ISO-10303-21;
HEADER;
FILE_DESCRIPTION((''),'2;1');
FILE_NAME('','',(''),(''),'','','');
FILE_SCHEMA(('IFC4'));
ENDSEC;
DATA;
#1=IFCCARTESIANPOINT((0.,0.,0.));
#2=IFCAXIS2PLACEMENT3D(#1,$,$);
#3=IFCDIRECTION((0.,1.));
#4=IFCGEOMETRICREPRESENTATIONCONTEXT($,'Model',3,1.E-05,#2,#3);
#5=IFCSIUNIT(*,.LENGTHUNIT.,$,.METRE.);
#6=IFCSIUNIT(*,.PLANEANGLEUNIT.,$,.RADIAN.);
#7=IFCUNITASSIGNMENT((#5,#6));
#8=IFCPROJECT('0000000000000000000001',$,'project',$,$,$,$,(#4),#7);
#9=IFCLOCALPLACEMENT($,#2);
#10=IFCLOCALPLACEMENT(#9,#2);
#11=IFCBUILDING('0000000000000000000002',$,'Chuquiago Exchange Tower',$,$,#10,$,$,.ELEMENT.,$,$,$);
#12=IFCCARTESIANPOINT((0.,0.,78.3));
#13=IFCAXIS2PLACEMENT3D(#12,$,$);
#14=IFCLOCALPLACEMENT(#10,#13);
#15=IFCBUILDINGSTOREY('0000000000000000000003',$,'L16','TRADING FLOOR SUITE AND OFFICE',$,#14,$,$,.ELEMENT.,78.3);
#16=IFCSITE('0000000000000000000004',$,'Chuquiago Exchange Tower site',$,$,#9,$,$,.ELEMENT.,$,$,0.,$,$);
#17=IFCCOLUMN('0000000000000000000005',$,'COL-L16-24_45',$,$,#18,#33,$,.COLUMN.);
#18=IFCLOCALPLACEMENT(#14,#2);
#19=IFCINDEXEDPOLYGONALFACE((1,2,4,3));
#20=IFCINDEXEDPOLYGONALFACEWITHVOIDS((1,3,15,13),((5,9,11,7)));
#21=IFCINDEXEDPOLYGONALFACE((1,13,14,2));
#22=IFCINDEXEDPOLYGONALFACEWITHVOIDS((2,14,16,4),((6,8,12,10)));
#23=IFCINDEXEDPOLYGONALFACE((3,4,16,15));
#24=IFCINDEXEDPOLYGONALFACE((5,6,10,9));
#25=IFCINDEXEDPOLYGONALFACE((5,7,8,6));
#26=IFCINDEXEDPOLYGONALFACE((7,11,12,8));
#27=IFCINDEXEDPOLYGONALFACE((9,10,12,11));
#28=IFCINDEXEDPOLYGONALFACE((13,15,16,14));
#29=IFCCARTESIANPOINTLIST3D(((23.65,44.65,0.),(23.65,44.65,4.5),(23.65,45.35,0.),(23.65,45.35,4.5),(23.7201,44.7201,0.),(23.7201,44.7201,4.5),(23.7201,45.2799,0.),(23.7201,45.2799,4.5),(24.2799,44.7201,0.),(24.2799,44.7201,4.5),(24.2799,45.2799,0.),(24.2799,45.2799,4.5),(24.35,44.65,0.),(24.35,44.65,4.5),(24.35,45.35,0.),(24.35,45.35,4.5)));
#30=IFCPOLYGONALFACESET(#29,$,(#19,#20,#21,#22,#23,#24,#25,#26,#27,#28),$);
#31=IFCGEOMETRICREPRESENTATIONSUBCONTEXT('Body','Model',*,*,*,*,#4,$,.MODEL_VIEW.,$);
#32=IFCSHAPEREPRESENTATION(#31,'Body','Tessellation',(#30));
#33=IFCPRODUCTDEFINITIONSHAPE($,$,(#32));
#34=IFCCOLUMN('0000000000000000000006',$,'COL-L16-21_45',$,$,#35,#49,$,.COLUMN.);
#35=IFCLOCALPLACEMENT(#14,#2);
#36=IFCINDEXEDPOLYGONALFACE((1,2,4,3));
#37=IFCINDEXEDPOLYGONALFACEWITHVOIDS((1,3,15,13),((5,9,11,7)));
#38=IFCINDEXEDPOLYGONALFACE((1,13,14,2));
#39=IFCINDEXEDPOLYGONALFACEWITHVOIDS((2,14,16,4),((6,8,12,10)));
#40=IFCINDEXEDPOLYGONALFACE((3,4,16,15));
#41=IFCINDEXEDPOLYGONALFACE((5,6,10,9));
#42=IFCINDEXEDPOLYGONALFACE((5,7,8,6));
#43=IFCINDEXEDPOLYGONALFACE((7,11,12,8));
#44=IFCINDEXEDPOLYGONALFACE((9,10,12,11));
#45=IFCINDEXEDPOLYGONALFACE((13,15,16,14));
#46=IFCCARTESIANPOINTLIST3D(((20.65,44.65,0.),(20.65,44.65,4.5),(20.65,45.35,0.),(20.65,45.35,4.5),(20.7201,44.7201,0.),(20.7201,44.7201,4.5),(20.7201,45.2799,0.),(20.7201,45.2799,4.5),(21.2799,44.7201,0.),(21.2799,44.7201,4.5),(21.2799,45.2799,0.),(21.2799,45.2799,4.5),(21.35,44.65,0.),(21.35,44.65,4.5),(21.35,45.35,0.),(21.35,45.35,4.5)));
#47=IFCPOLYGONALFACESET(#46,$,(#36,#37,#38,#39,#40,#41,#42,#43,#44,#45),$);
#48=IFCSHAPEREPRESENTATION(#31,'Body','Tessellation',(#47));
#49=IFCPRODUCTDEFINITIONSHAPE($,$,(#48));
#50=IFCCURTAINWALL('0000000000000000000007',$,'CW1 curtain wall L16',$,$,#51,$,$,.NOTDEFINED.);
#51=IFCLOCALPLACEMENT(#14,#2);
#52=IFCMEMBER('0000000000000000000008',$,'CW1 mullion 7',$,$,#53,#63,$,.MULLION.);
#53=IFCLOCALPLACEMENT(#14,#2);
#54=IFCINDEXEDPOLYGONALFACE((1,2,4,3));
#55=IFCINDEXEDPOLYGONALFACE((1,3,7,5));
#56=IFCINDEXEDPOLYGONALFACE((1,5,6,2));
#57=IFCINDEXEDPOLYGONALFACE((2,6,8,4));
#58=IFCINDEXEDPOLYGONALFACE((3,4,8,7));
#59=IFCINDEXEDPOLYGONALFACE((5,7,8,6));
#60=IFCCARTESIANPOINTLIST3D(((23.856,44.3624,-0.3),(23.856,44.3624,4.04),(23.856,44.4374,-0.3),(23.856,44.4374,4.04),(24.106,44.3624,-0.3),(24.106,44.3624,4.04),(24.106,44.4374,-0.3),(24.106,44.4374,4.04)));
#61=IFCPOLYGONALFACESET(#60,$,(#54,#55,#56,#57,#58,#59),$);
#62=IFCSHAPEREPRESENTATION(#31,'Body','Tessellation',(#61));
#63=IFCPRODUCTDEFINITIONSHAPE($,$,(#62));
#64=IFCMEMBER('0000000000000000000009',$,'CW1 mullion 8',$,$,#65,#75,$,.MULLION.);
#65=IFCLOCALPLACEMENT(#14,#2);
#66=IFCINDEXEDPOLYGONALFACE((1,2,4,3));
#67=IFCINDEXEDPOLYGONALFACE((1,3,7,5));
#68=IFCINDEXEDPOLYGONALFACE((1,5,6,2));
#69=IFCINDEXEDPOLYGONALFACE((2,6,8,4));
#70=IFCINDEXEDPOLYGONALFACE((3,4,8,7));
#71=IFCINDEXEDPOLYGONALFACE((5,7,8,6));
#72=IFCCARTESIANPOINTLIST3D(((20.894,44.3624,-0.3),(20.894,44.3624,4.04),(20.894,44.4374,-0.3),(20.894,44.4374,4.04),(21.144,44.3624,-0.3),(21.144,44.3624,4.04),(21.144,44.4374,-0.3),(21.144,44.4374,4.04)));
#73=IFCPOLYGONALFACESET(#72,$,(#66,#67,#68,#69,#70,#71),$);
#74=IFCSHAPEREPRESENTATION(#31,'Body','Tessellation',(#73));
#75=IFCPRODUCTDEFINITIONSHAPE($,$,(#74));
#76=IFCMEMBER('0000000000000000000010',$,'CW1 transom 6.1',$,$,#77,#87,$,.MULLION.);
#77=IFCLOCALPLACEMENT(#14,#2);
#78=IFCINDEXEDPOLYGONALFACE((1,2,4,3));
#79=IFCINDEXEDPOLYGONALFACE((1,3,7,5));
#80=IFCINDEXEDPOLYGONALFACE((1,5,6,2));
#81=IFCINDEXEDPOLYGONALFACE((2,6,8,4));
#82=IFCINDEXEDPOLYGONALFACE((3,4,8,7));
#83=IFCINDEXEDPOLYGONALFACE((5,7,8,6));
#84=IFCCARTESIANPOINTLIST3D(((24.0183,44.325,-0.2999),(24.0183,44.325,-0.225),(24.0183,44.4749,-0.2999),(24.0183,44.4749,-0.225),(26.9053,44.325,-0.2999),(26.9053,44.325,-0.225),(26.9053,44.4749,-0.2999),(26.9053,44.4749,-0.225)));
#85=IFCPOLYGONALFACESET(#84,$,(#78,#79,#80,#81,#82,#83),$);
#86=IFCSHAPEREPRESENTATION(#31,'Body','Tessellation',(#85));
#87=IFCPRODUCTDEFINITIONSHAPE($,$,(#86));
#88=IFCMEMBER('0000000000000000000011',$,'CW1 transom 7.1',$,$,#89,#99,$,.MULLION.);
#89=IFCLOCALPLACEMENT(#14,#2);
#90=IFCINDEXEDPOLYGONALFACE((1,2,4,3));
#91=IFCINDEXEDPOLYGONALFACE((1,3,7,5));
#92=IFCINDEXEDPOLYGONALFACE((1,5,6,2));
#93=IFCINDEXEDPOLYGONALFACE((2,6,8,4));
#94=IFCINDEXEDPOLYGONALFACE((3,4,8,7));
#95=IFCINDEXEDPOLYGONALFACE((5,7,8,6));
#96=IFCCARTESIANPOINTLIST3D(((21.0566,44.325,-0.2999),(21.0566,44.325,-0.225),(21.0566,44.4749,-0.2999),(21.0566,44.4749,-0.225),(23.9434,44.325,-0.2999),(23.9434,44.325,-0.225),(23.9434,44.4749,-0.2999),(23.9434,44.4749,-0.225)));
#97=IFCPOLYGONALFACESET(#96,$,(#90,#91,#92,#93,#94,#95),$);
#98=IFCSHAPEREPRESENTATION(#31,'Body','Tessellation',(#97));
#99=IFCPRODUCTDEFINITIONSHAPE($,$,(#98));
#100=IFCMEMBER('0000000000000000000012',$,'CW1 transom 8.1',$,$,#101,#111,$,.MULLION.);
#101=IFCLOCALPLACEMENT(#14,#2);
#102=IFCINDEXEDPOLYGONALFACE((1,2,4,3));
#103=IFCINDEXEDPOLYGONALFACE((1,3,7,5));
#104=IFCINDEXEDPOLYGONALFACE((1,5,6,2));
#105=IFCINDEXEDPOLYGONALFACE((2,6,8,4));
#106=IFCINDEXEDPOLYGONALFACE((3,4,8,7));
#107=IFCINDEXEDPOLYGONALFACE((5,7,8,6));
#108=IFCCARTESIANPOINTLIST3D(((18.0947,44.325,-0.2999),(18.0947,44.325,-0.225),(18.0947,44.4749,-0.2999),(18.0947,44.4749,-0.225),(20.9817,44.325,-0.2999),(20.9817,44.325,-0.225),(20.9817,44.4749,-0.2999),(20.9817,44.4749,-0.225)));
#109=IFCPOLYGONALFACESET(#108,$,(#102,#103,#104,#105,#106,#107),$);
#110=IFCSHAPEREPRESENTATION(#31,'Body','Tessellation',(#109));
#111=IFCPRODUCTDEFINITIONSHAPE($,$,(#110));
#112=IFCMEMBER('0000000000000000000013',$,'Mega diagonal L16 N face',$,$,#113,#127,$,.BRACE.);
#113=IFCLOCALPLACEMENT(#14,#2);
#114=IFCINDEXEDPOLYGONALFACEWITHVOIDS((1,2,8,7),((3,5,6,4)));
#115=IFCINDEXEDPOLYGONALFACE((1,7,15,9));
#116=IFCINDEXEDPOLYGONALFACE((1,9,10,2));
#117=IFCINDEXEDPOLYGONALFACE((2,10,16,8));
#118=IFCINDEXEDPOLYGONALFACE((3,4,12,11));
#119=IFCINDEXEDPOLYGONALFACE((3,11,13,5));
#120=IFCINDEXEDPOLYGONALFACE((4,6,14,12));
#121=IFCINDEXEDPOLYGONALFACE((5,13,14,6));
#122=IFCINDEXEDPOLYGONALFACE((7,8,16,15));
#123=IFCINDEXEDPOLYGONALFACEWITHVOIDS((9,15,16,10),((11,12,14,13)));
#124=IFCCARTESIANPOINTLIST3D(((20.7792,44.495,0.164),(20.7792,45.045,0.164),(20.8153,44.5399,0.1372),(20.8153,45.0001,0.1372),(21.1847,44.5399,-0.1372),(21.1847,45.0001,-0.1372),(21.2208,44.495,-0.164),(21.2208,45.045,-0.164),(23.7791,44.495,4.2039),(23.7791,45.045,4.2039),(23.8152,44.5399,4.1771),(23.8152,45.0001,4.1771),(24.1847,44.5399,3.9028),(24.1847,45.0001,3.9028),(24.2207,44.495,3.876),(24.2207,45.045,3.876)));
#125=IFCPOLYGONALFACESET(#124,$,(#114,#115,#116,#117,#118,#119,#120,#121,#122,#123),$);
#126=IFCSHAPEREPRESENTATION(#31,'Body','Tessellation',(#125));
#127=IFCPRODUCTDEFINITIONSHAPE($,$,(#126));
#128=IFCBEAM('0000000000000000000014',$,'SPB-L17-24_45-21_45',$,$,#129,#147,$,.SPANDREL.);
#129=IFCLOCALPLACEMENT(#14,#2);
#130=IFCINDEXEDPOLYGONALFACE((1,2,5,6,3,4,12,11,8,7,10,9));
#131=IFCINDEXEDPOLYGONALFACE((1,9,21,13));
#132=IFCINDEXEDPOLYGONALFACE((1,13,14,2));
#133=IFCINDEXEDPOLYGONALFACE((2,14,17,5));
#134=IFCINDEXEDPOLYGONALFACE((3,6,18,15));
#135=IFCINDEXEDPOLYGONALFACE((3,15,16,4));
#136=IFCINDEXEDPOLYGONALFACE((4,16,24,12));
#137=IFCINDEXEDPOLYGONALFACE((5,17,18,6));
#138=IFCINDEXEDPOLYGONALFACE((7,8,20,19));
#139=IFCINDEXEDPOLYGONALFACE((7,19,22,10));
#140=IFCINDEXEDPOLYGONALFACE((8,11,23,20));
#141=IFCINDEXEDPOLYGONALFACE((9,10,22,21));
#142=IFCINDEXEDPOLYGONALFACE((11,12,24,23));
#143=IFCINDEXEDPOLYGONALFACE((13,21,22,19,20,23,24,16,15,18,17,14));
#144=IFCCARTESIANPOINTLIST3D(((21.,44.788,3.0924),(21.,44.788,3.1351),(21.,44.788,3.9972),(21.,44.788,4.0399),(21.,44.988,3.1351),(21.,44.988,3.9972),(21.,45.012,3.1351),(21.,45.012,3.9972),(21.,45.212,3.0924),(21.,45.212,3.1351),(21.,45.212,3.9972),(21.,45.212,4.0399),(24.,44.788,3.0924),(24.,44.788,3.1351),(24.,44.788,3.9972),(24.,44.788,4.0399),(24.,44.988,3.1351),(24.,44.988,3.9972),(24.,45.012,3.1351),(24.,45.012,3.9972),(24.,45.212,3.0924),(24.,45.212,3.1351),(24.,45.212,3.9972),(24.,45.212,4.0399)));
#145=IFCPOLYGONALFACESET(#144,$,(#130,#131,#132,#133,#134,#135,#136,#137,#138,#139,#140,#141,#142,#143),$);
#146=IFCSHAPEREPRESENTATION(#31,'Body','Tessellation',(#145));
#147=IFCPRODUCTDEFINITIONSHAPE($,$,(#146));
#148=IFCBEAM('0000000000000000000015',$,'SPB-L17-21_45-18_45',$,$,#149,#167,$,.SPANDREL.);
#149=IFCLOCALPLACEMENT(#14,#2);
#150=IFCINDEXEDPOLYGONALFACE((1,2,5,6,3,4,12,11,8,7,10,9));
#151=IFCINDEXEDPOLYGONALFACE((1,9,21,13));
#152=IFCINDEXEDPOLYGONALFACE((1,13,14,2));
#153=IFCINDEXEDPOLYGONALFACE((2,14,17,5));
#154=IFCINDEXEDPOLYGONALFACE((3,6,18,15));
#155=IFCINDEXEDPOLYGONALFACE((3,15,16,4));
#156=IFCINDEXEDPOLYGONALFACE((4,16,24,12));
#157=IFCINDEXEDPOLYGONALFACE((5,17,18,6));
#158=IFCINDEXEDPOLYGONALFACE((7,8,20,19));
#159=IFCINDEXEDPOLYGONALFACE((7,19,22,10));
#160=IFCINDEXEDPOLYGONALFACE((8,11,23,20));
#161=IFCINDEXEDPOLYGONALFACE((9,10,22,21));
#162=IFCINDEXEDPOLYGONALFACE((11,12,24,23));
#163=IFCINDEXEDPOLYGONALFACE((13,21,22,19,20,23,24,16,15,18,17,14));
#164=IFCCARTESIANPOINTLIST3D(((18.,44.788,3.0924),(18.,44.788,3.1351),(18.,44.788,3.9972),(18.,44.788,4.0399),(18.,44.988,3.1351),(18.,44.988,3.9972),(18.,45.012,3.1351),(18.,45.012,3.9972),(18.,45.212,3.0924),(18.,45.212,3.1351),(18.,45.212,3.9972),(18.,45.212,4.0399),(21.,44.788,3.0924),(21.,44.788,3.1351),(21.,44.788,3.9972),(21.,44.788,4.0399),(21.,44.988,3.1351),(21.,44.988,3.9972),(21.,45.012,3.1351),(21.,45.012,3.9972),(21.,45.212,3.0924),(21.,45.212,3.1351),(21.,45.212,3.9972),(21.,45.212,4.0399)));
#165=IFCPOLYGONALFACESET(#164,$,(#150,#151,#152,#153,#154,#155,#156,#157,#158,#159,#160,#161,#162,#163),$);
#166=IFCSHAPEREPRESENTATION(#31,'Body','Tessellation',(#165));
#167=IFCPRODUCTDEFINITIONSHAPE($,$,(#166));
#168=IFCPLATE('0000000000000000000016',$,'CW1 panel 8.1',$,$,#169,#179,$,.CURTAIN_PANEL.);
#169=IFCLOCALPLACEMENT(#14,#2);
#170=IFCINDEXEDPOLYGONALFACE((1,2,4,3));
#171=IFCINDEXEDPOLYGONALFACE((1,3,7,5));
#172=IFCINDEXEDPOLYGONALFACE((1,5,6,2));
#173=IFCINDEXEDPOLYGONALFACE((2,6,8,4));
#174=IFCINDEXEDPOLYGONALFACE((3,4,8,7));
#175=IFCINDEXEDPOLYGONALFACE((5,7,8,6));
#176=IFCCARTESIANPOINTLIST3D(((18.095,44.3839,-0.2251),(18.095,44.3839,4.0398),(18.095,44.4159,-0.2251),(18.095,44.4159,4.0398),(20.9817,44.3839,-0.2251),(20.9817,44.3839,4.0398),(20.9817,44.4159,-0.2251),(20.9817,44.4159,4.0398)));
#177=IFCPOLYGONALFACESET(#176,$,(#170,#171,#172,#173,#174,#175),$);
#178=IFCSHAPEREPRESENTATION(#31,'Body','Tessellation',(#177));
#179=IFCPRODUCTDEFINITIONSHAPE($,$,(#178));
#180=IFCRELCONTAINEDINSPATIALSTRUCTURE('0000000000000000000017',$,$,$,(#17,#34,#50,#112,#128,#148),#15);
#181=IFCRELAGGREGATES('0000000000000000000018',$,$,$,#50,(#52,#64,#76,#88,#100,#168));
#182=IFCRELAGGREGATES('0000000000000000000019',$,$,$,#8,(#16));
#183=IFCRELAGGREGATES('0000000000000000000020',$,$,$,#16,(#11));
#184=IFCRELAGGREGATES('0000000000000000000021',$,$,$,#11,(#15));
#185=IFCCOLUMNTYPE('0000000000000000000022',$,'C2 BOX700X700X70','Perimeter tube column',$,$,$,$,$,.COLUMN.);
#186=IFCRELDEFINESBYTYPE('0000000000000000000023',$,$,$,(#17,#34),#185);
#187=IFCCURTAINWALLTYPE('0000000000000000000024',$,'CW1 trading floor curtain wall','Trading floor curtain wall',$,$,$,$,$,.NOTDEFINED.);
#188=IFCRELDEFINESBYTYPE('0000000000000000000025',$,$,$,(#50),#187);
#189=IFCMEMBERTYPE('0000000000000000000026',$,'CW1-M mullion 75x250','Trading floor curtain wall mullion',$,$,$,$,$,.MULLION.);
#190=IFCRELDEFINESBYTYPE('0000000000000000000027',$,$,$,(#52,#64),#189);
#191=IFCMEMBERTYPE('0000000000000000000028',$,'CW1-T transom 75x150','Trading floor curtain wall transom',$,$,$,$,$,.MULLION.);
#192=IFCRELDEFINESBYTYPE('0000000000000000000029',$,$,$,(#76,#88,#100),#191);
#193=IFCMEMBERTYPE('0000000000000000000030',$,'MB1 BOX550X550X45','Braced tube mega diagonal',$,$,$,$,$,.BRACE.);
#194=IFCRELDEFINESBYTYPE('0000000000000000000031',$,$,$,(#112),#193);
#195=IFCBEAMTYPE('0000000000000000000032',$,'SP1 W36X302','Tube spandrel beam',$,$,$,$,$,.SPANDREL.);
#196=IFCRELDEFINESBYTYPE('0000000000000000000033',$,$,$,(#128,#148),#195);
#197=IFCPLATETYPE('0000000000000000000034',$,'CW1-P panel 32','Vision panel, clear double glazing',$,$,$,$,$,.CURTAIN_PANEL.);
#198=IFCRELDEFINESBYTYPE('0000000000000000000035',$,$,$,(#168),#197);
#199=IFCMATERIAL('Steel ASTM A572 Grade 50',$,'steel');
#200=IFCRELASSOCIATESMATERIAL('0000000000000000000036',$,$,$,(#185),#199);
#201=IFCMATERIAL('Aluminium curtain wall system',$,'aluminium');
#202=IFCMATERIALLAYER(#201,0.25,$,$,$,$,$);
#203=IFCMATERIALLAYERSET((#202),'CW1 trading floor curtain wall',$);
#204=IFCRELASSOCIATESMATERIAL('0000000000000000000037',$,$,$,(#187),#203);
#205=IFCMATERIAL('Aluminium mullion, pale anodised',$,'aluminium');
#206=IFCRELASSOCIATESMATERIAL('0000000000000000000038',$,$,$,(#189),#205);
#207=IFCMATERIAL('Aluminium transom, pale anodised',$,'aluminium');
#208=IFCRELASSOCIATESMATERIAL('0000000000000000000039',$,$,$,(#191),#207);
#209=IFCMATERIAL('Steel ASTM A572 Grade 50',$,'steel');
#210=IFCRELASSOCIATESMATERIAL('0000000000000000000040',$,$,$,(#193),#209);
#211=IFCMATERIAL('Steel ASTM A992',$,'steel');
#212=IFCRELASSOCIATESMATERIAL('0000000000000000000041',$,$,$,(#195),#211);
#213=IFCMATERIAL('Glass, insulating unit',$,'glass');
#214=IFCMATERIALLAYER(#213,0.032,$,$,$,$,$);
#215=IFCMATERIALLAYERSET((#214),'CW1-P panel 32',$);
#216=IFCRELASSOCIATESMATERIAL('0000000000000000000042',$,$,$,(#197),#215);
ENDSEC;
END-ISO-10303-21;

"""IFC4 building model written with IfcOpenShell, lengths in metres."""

from ifc_helpers import new_model, si_unit, direction, frame, origin, origin_2d, place, context, subcontext, project, spatial, rectangle, hollow_rectangle, i_section, extrude, material, layer, layer_set, material_profile, profile_set, type_object, element, aggregate, save


model = new_model("IFC4")

# Units and contexts
model_context = context("Model", 3, precision=1e-05, world=origin(), true_north=direction((0.0, 1.0)))
body_context = subcontext(model_context, "Body", "Model", "MODEL_VIEW")
ifc_project = project(units=[si_unit("LENGTHUNIT", "METRE"), si_unit("PLANEANGLEUNIT", "RADIAN")], contexts=[model_context])

# Site, building, storey
site_placement = place(None, origin())
site = spatial("IfcSite", under=ifc_project, at=site_placement, Name="Chuquiago Exchange Tower site", CompositionType="ELEMENT", RefElevation=0.0)
building_placement = place(site_placement, origin())
building = spatial("IfcBuilding", under=site, at=building_placement, Name="Chuquiago Exchange Tower", CompositionType="ELEMENT")
storey_placement = place(building_placement, frame((0.0, 0.0, 78.3)))
storey = spatial("IfcBuildingStorey", under=building, at=storey_placement, Name="L16", Description="TRADING FLOOR SUITE AND OFFICE", CompositionType="ELEMENT", Elevation=78.3)

# Columns
ifc_material_1 = material(Name="Steel ASTM A572 Grade 50", Category="steel")
ifc_material_profile_1 = material_profile(ifc_material_1, hollow_rectangle(XDim=0.7, YDim=0.7, WallThickness=0.0701, at=origin_2d()), Name="BOX700X700X70")
ifc_profile_set_1 = profile_set([ifc_material_profile_1], Name="Steel ASTM A572 Grade 50")
column_type = type_object("IfcColumnType", Name="C2 BOX700X700X70", Description="Perimeter tube column", PredefinedType="COLUMN", material=ifc_profile_set_1)
for number, where, z_axis, x_axis, name in (
    (1, (24.0, 45.0, 0.0), (0.0, 0.0, 1.0), (0.0, 1.0, 0.0), "COL-L16-24_45"),
    (2, (21.0, 45.0, 0.0), (0.0, 0.0, 1.0), (0.0, 1.0, 0.0), "COL-L16-21_45"),
):
    element("IfcColumn", number, at=place(storey_placement, frame(where, z_axis=z_axis, x_axis=x_axis)), inside=storey, type_object=column_type, Name=name, PredefinedType="COLUMN", context=body_context, shape_type="SweptSolid", body=[
        extrude(hollow_rectangle(XDim=0.7, YDim=0.7, WallThickness=0.0701, at=origin_2d()), origin(), (0.0, 0.0, 1.0), 4.5),
    ])

# Curtain wall, members
ifc_material_2 = material(Name="Aluminium curtain wall system", Category="aluminium")
ifc_layer_1 = layer(ifc_material_2, 0.25)
ifc_layer_set_1 = layer_set([ifc_layer_1], Name="CW1 trading floor curtain wall")
curtain_wall_type = type_object("IfcCurtainWallType", Name="CW1 trading floor curtain wall", Description="Trading floor curtain wall", PredefinedType="NOTDEFINED", material=ifc_layer_set_1)
curtain_wall_placement = place(storey_placement, origin())
curtain_wall = element("IfcCurtainWall", 3, at=curtain_wall_placement, inside=storey, type_object=curtain_wall_type, Name="CW1 curtain wall L16", PredefinedType="NOTDEFINED")
ifc_material_3 = material(Name="Aluminium mullion, pale anodised", Category="aluminium")
ifc_material_profile_2 = material_profile(ifc_material_3, rectangle(XDim=0.075, YDim=0.25, at=origin_2d()), Name="AL 75x250")
ifc_profile_set_2 = profile_set([ifc_material_profile_2], Name="Aluminium mullion, pale anodised")
member_type_1 = type_object("IfcMemberType", Name="CW1-M mullion 75x250", Description="Trading floor curtain wall mullion", PredefinedType="MULLION", material=ifc_profile_set_2)
member_1_placement = place(storey_placement, frame((23.981, 44.3999, -0.3), z_axis=(0.0, 0.0, 1.0), x_axis=(0.0, -1.0, 0.0)))
member_1 = element("IfcMember", 4, at=member_1_placement, type_object=member_type_1, Name="CW1 mullion 7", PredefinedType="MULLION", context=body_context, shape_type="SweptSolid", body=[
    extrude(rectangle(XDim=0.075, YDim=0.25, at=origin_2d()), origin(), (0.0, 0.0, 1.0), 4.3401),
])
member_2_placement = place(storey_placement, frame((21.019, 44.3999, -0.3), z_axis=(0.0, 0.0, 1.0), x_axis=(0.0, -1.0, 0.0)))
member_2 = element("IfcMember", 5, at=member_2_placement, type_object=member_type_1, Name="CW1 mullion 8", PredefinedType="MULLION", context=body_context, shape_type="SweptSolid", body=[
    extrude(rectangle(XDim=0.075, YDim=0.25, at=origin_2d()), origin(), (0.0, 0.0, 1.0), 4.3401),
])
ifc_material_4 = material(Name="Aluminium transom, pale anodised", Category="aluminium")
ifc_material_profile_3 = material_profile(ifc_material_4, rectangle(XDim=0.1499, YDim=0.075, at=origin_2d()), Name="AL 150x75")
ifc_profile_set_3 = profile_set([ifc_material_profile_3], Name="Aluminium transom, pale anodised")
member_type_2 = type_object("IfcMemberType", Name="CW1-T transom 75x150", Description="Trading floor curtain wall transom", PredefinedType="MULLION", material=ifc_profile_set_3)
member_3_placement = place(storey_placement, frame((26.9053, 44.3999, -0.2625), z_axis=(-1.0, 0.0, 0.0), x_axis=(0.0, -1.0, 0.0)))
member_3 = element("IfcMember", 6, at=member_3_placement, type_object=member_type_2, Name="CW1 transom 6.1", PredefinedType="MULLION", context=body_context, shape_type="SweptSolid", body=[
    extrude(rectangle(XDim=0.1499, YDim=0.075, at=origin_2d()), origin(), (0.0, 0.0, 1.0), 2.887),
])
member_4_placement = place(storey_placement, frame((23.9434, 44.3999, -0.2625), z_axis=(-1.0, 0.0, 0.0), x_axis=(0.0, -1.0, 0.0)))
member_4 = element("IfcMember", 7, at=member_4_placement, type_object=member_type_2, Name="CW1 transom 7.1", PredefinedType="MULLION", context=body_context, shape_type="SweptSolid", body=[
    extrude(rectangle(XDim=0.1499, YDim=0.075, at=origin_2d()), origin(), (0.0, 0.0, 1.0), 2.8867),
])
member_5_placement = place(storey_placement, frame((20.9817, 44.3999, -0.2625), z_axis=(-1.0, 0.0, 0.0), x_axis=(0.0, -1.0, 0.0)))
member_5 = element("IfcMember", 8, at=member_5_placement, type_object=member_type_2, Name="CW1 transom 8.1", PredefinedType="MULLION", context=body_context, shape_type="SweptSolid", body=[
    extrude(rectangle(XDim=0.1499, YDim=0.075, at=origin_2d()), origin(), (0.0, 0.0, 1.0), 2.887),
])

# Member
ifc_material_5 = material(Name="Steel ASTM A572 Grade 50", Category="steel")
ifc_material_profile_4 = material_profile(ifc_material_5, hollow_rectangle(XDim=0.55, YDim=0.55, WallThickness=0.0449, at=origin_2d()), Name="BOX550X550X45")
ifc_profile_set_4 = profile_set([ifc_material_profile_4], Name="Steel ASTM A572 Grade 50")
member_type_3 = type_object("IfcMemberType", Name="MB1 BOX550X550X45", Description="Braced tube mega diagonal", PredefinedType="BRACE", material=ifc_profile_set_4)
member_6_placement = place(storey_placement, frame((21.0, 44.77, 0.0), z_axis=(0.596174, 0.0, 0.802855), x_axis=(0.0, 1.0, 0.0)))
element("IfcMember", 9, at=member_6_placement, inside=storey, type_object=member_type_3, Name="Mega diagonal L16 N face", PredefinedType="BRACE", context=body_context, shape_type="SweptSolid", body=[
    extrude(hollow_rectangle(XDim=0.55, YDim=0.55, WallThickness=0.0449, at=origin_2d()), origin(), (0.0, 0.0, 1.0), 5.032),
])

# Beams
ifc_material_6 = material(Name="Steel ASTM A992", Category="steel")
ifc_material_profile_5 = material_profile(ifc_material_6, i_section(OverallWidth=0.4241, OverallDepth=0.9475, WebThickness=0.0239, FlangeThickness=0.0427, at=origin_2d()), Name="W36X302")
ifc_profile_set_5 = profile_set([ifc_material_profile_5], Name="Steel ASTM A992")
beam_type = type_object("IfcBeamType", Name="SP1 W36X302", Description="Tube spandrel beam", PredefinedType="SPANDREL", material=ifc_profile_set_5)
for number, where, z_axis, x_axis, name in (
    (10, (24.0, 45.0, 3.5662), (-1.0, 0.0, 0.0), (0.0, -1.0, 0.0), "SPB-L17-24_45-21_45"),
    (11, (21.0, 45.0, 3.5662), (-1.0, 0.0, 0.0), (0.0, -1.0, 0.0), "SPB-L17-21_45-18_45"),
):
    element("IfcBeam", number, at=place(storey_placement, frame(where, z_axis=z_axis, x_axis=x_axis)), inside=storey, type_object=beam_type, Name=name, PredefinedType="SPANDREL", context=body_context, shape_type="SweptSolid", body=[
        extrude(i_section(OverallWidth=0.4241, OverallDepth=0.9475, WebThickness=0.0239, FlangeThickness=0.0427, at=origin_2d()), origin(), (0.0, 0.0, 1.0), 3.0),
    ])

# Plate
ifc_material_7 = material(Name="Glass, insulating unit", Category="glass")
ifc_layer_2 = layer(ifc_material_7, 0.032)
ifc_layer_set_2 = layer_set([ifc_layer_2], Name="CW1-P panel 32")
plate_type_1 = type_object("IfcPlateType", Name="CW1-P panel 32", Description="Vision panel, clear double glazing", PredefinedType="CURTAIN_PANEL", material=ifc_layer_set_2)
plate_1_placement = place(storey_placement, frame((19.5383, 44.3999, -0.2251), z_axis=(0.0, 0.0, 1.0), x_axis=(-1.0, 0.0, 0.0)))
plate_1 = element("IfcPlate", 12, at=plate_1_placement, type_object=plate_type_1, Name="CW1 panel 8.1", PredefinedType="CURTAIN_PANEL", context=body_context, shape_type="SweptSolid", body=[
    extrude(rectangle(XDim=2.8867, YDim=0.032, at=origin_2d()), origin(), (0.0, 0.0, 1.0), 4.2649),
])
aggregate(curtain_wall, [member_1, member_2, member_3, member_4, member_5, plate_1])

save(model, "model.ifc")
